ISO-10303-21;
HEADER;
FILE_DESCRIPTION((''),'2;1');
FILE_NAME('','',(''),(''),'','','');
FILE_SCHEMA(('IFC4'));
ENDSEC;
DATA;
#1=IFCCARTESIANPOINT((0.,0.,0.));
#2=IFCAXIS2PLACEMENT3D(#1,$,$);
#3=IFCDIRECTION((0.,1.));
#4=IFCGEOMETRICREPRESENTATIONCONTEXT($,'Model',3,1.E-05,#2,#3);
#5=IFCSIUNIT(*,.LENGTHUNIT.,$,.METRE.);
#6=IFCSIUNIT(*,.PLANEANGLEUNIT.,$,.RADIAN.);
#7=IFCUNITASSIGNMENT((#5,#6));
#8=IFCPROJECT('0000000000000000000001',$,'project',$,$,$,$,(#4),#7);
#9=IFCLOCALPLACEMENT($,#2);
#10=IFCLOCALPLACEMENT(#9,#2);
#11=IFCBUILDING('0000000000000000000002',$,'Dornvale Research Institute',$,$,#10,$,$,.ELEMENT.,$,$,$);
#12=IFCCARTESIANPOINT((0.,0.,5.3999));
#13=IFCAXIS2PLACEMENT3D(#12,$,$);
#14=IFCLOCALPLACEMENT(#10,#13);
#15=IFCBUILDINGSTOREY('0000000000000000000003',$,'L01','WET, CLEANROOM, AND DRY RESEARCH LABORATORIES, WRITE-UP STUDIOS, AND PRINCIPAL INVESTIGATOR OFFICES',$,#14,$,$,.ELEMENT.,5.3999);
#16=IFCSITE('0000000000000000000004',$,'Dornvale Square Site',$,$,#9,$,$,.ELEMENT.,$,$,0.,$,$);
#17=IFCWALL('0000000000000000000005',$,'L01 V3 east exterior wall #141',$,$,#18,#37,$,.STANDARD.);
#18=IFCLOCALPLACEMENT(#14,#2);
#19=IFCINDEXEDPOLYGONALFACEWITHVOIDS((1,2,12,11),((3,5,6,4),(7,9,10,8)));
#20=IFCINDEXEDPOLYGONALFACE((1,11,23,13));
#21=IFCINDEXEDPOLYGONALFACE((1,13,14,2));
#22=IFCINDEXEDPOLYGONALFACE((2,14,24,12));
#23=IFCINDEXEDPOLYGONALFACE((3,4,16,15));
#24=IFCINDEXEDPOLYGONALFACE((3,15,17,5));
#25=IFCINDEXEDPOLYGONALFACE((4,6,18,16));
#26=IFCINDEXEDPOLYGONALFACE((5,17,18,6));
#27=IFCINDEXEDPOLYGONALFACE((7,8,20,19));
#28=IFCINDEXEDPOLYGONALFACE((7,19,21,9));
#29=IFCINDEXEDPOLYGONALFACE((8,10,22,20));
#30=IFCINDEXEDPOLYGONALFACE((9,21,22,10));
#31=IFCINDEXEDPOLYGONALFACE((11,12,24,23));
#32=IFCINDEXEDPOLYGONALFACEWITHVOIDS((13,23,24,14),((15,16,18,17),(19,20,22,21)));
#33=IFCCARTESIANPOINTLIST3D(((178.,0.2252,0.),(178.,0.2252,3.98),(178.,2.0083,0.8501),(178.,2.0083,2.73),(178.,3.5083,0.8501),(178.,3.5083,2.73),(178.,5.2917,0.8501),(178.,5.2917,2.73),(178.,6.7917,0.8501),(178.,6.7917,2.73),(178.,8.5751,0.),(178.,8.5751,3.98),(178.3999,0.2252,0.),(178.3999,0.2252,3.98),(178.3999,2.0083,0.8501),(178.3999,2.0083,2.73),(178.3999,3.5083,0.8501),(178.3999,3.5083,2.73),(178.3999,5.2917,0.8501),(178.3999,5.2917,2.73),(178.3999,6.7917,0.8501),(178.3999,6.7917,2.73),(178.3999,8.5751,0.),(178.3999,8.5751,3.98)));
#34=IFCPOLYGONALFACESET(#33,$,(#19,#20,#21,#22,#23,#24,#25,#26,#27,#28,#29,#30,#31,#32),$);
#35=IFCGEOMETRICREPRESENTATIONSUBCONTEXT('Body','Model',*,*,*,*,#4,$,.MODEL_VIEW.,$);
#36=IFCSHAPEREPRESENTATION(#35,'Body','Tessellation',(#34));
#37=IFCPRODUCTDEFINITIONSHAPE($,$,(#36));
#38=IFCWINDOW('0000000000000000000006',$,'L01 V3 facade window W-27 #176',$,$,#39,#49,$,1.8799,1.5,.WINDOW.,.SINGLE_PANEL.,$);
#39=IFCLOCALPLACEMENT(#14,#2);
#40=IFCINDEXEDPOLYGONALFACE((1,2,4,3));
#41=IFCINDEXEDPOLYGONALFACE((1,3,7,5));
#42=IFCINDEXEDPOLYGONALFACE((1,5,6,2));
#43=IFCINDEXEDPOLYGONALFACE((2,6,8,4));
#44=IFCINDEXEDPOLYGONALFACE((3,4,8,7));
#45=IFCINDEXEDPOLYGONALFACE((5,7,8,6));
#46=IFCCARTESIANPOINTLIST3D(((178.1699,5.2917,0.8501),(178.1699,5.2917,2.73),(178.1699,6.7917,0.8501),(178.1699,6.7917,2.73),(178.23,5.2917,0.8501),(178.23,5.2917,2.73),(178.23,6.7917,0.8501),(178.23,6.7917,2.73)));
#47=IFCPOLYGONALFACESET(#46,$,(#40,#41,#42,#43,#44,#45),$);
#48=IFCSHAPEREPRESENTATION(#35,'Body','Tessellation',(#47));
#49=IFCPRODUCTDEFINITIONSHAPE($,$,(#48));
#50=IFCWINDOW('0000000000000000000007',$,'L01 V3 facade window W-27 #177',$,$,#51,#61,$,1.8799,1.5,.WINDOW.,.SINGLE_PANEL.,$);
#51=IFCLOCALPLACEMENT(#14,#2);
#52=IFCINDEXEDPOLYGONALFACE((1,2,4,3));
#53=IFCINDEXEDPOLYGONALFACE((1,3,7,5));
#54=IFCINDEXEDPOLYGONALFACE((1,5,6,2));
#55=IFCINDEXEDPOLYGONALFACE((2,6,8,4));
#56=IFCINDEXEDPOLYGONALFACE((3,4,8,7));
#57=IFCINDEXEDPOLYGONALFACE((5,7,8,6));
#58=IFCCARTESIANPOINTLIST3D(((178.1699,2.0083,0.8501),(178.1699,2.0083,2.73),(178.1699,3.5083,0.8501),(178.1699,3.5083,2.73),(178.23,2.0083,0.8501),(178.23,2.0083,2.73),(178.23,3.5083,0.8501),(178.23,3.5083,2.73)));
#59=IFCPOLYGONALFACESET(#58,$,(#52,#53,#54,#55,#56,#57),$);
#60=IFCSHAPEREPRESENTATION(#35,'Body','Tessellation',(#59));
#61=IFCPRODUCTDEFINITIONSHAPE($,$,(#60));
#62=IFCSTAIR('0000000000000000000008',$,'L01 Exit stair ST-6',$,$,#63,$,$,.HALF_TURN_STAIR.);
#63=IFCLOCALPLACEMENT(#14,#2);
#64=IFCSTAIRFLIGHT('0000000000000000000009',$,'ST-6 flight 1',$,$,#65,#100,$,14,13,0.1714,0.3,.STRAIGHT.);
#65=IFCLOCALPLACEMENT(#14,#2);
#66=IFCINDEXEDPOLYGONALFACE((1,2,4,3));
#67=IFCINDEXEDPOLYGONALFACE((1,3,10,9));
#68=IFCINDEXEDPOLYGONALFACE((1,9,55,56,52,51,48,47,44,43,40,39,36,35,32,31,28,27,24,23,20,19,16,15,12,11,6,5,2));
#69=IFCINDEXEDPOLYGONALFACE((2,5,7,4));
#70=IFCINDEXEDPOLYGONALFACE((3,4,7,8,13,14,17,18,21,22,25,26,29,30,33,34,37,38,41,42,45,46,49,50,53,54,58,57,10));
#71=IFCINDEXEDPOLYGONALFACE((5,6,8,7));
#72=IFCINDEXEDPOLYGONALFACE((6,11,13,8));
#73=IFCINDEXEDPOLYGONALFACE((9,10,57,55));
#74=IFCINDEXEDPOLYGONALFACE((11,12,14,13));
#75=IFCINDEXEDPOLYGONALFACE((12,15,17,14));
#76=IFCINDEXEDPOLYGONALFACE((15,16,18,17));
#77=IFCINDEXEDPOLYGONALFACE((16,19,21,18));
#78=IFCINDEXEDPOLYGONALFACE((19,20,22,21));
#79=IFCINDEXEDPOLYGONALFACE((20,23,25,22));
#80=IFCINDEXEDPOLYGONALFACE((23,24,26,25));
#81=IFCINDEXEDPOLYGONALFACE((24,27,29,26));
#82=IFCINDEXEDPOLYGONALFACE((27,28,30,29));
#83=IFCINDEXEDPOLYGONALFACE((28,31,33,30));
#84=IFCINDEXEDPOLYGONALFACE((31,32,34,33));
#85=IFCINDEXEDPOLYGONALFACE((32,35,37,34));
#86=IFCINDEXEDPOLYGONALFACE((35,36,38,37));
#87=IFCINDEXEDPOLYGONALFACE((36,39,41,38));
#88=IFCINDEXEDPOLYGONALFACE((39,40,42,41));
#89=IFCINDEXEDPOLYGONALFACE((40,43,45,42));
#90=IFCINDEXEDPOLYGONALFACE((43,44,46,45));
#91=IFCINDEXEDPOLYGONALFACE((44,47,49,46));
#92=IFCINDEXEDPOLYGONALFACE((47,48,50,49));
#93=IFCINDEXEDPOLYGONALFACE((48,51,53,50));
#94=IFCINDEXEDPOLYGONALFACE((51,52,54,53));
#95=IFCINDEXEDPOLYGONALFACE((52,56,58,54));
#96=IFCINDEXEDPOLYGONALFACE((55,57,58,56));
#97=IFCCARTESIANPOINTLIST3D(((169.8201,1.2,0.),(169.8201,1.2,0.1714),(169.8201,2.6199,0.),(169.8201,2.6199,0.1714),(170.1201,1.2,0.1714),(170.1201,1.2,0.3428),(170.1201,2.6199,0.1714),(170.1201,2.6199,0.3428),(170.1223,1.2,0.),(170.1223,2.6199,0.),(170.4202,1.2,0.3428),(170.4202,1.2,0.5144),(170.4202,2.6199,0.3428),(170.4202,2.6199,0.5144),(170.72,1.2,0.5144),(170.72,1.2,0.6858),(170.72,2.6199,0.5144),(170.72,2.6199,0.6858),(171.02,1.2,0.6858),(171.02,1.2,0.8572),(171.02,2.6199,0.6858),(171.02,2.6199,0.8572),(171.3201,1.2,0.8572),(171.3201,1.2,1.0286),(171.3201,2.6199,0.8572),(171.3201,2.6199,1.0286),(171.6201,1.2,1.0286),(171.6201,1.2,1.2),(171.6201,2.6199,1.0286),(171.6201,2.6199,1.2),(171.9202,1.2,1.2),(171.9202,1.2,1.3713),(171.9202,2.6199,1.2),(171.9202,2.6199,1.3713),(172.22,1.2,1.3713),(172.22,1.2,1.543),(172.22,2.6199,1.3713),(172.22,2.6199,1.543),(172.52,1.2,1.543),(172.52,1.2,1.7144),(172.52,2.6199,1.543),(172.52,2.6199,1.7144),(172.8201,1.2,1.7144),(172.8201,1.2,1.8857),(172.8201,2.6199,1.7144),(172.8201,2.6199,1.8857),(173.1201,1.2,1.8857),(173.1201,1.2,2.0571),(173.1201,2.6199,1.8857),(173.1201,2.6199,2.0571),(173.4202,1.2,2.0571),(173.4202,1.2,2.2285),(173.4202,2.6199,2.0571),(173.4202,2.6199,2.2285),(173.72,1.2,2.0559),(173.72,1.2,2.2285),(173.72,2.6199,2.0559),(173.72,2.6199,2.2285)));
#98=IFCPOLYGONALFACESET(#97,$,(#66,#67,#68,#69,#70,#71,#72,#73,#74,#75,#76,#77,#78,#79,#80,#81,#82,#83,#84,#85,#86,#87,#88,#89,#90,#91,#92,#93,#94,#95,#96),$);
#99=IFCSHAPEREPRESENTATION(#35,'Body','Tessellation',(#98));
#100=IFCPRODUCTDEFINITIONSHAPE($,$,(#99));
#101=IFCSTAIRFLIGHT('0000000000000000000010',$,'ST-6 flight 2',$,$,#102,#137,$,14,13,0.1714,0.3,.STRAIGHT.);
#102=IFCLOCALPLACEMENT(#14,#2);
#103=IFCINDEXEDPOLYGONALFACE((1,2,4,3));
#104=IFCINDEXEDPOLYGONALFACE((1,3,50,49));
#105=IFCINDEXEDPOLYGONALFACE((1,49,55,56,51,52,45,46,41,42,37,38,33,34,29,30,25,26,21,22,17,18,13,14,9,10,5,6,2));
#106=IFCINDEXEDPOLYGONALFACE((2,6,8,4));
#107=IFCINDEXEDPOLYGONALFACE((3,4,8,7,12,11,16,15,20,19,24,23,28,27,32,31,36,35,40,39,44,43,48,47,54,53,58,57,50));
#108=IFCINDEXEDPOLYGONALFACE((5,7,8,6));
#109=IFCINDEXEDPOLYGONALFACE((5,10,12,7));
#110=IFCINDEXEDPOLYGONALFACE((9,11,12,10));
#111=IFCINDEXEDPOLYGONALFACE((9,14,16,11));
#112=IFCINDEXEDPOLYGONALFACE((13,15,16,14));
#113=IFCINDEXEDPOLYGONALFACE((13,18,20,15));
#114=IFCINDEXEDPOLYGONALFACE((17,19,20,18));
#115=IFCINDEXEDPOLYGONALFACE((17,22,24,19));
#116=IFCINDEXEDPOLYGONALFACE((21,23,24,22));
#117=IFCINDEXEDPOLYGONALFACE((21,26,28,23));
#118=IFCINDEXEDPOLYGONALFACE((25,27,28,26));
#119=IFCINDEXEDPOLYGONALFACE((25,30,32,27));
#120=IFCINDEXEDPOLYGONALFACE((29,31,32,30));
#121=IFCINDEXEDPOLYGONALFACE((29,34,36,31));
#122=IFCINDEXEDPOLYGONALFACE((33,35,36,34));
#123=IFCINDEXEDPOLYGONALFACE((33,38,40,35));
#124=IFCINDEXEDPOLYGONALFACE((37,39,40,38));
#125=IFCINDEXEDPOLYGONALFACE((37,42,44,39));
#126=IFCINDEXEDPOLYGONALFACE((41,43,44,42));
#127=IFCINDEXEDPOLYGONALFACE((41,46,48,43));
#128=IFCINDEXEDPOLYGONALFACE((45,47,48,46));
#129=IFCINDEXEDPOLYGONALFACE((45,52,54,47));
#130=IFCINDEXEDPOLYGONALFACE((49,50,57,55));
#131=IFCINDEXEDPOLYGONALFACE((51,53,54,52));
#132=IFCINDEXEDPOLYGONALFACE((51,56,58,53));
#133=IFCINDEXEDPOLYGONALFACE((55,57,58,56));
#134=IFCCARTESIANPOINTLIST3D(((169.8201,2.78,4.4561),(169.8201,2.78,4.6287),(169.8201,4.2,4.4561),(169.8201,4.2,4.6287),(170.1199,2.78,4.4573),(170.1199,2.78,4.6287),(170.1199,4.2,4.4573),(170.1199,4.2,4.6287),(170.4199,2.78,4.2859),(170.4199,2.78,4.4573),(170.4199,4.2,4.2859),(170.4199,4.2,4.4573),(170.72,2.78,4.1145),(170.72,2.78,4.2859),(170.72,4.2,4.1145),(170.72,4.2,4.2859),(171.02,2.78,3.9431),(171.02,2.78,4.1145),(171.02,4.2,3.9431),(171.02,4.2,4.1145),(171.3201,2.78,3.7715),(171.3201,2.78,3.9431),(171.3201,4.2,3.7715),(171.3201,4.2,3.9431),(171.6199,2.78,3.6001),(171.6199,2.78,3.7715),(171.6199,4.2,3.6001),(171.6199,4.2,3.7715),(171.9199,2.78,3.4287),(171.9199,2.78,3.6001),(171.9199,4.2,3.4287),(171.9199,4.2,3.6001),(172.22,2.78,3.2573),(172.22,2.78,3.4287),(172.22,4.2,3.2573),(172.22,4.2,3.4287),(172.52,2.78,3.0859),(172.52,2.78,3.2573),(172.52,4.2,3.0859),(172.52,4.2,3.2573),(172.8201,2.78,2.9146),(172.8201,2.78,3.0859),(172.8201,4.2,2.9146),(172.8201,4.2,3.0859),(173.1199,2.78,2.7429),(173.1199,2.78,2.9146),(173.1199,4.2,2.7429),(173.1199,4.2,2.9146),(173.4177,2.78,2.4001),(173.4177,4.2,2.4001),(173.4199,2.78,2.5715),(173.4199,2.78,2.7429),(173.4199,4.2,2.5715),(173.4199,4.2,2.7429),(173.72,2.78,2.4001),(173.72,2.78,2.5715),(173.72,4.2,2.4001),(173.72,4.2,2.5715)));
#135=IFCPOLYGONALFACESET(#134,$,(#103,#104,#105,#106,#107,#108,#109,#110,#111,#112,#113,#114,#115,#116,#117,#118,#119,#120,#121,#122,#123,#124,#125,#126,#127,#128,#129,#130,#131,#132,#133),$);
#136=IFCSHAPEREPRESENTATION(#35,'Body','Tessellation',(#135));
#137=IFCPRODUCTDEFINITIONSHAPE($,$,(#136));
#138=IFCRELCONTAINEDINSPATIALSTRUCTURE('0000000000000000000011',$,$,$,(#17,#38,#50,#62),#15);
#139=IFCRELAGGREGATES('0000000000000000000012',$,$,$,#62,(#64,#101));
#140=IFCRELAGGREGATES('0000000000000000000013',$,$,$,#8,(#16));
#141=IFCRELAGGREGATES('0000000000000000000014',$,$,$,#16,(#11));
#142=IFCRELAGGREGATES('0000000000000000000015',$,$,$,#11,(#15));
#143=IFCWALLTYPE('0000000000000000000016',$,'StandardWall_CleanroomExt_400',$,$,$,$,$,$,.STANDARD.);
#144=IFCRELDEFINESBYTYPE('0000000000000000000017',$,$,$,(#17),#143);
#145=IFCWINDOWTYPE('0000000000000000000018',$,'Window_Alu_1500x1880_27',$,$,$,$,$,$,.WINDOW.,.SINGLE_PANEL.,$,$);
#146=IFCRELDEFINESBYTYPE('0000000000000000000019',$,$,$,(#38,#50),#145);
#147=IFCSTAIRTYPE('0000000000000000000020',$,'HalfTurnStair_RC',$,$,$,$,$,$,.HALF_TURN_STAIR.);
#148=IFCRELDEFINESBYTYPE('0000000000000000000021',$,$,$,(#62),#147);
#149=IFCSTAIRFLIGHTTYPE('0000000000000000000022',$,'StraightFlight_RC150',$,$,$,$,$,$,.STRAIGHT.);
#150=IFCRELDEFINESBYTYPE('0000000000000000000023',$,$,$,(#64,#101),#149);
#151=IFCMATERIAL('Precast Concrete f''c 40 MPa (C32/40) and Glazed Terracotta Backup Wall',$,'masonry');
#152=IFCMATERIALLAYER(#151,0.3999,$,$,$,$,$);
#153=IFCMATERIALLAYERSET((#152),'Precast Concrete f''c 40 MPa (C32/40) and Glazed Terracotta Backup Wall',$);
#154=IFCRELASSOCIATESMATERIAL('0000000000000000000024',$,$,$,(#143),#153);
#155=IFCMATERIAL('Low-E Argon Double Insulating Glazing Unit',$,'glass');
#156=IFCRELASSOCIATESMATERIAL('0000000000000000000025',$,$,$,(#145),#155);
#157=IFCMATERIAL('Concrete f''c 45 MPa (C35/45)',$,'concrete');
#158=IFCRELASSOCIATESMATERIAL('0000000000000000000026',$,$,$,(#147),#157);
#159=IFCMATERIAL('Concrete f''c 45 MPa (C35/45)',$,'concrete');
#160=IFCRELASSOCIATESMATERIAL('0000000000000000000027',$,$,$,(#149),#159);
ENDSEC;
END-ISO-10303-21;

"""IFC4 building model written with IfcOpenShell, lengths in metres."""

from ifc_helpers import new_model, si_unit, direction, frame, frame_2d, origin, place, context, subcontext, project, spatial, polyline, rectangle, outline, extrude, material, layer, layer_set, type_object, element, fill, aggregate, save


model = new_model("IFC4")

# Units and contexts
model_context = context("Model", 3, precision=1e-05, world=origin(), true_north=direction((0.0, 1.0)))
body_context = subcontext(model_context, "Body", "Model", "MODEL_VIEW")
ifc_project = project(units=[si_unit("LENGTHUNIT", "METRE"), si_unit("PLANEANGLEUNIT", "RADIAN")], contexts=[model_context])

# Site, building, storey
site_placement = place(None, origin())
site = spatial("IfcSite", under=ifc_project, at=site_placement, Name="Dornvale Square Site", CompositionType="ELEMENT", RefElevation=0.0)
building_placement = place(site_placement, origin())
building = spatial("IfcBuilding", under=site, at=building_placement, Name="Dornvale Research Institute", CompositionType="ELEMENT")
storey_placement = place(building_placement, frame((0.0, 0.0, 5.3999)))
storey = spatial("IfcBuildingStorey", under=building, at=storey_placement, Name="L01", Description="WET, CLEANROOM, AND DRY RESEARCH LABORATORIES, WRITE-UP STUDIOS, AND PRINCIPAL INVESTIGATOR OFFICES", CompositionType="ELEMENT", Elevation=5.3999)

# Wall, openings, windows
ifc_material_1 = material(Name="Precast Concrete f'c 40 MPa (C32/40) and Glazed Terracotta Backup Wall", Category="masonry")
ifc_layer_1 = layer(ifc_material_1, 0.3999)
ifc_layer_set_1 = layer_set([ifc_layer_1], Name="Precast Concrete f'c 40 MPa (C32/40) and Glazed Terracotta Backup Wall")
wall_type_1 = type_object("IfcWallType", Name="StandardWall_CleanroomExt_400", PredefinedType="STANDARD", material=ifc_layer_set_1)
wall_1_placement = place(storey_placement, frame((178.2, 8.575, 0.0), z_axis=(0.0, 0.0, 1.0), x_axis=(0.0, -1.0, 0.0)))
wall_1 = element("IfcWall", 1, at=wall_1_placement, inside=storey, type_object=wall_type_1, Name="L01 V3 east exterior wall #141", PredefinedType="STANDARD", context=body_context, shape_type="SweptSolid", body=[
    extrude(rectangle(XDim=8.3499, YDim=0.3999, at=frame_2d((4.1748, 0.0))), origin(), (0.0, 0.0, 1.0), 3.98),
])
opening_1_placement = place(wall_1_placement, frame((1.7832, 0.0, 0.8501)))
opening_1 = element("IfcOpeningElement", 2, at=opening_1_placement, cuts=wall_1, PredefinedType="OPENING", context=body_context, shape_type="SweptSolid", body=[
    extrude(rectangle(XDim=1.5, YDim=1.8799, at=frame_2d((0.75, 0.9399))), frame((0.0, 0.2148, 0.0), z_axis=(0.0, -1.0, 0.0), x_axis=(1.0, 0.0, 0.0)), (0.0, 0.0, 1.0), 0.4299),
])
opening_2_placement = place(wall_1_placement, frame((5.0667, 0.0, 0.8501)))
opening_2 = element("IfcOpeningElement", 3, at=opening_2_placement, cuts=wall_1, PredefinedType="OPENING", context=body_context, shape_type="SweptSolid", body=[
    extrude(rectangle(XDim=1.5, YDim=1.8799, at=frame_2d((0.75, 0.9399))), frame((0.0, 0.2148, 0.0), z_axis=(0.0, -1.0, 0.0), x_axis=(1.0, 0.0, 0.0)), (0.0, 0.0, 1.0), 0.4299),
])
ifc_material_2 = material(Name="Low-E Argon Double Insulating Glazing Unit", Category="glass")
window_type = type_object("IfcWindowType", Name="Window_Alu_1500x1880_27", PartitioningType="SINGLE_PANEL", PredefinedType="WINDOW", material=ifc_material_2)
window_1_placement = place(opening_1_placement, origin())
window_1 = element("IfcWindow", 4, at=window_1_placement, inside=storey, type_object=window_type, Name="L01 V3 facade window W-27 #176", OverallHeight=1.8799, OverallWidth=1.5, PartitioningType="SINGLE_PANEL", PredefinedType="WINDOW", context=body_context, shape_type="SweptSolid", body=[
    extrude(rectangle(XDim=1.5, YDim=1.8799, at=frame_2d((0.75, 0.9399))), frame((0.0, 0.03, 0.0), z_axis=(0.0, -1.0, 0.0), x_axis=(1.0, 0.0, 0.0)), (0.0, 0.0, 1.0), 0.0601),
])
fill(opening_1, window_1)
window_2_placement = place(opening_2_placement, origin())
window_2 = element("IfcWindow", 5, at=window_2_placement, inside=storey, type_object=window_type, Name="L01 V3 facade window W-27 #177", OverallHeight=1.8799, OverallWidth=1.5, PartitioningType="SINGLE_PANEL", PredefinedType="WINDOW", context=body_context, shape_type="SweptSolid", body=[
    extrude(rectangle(XDim=1.5, YDim=1.8799, at=frame_2d((0.75, 0.9399))), frame((0.0, 0.03, 0.0), z_axis=(0.0, -1.0, 0.0), x_axis=(1.0, 0.0, 0.0)), (0.0, 0.0, 1.0), 0.0601),
])
fill(opening_2, window_2)

# Stair, stair flights
ifc_material_3 = material(Name="Concrete f'c 45 MPa (C35/45)", Category="concrete")
stair_type = type_object("IfcStairType", Name="HalfTurnStair_RC", PredefinedType="HALF_TURN_STAIR", material=ifc_material_3)
stair_placement = place(storey_placement, origin())
stair = element("IfcStair", 6, at=stair_placement, inside=storey, type_object=stair_type, Name="L01 Exit stair ST-6", PredefinedType="HALF_TURN_STAIR")
ifc_material_4 = material(Name="Concrete f'c 45 MPa (C35/45)", Category="concrete")
stair_flight_type = type_object("IfcStairFlightType", Name="StraightFlight_RC150", PredefinedType="STRAIGHT", material=ifc_material_4)
stair_flight_1_placement = place(storey_placement, frame((169.8201, 1.9099, 0.0), z_axis=(0.0, 0.0, 1.0), x_axis=(1.0, 0.0, 0.0)))
stair_flight_1 = element("IfcStairFlight", 7, at=stair_flight_1_placement, type_object=stair_flight_type, Name="ST-6 flight 1", NumberOfRisers=14, NumberOfTreads=13, PredefinedType="STRAIGHT", RiserHeight=0.1714, TreadLength=0.3, context=body_context, shape_type="SweptSolid", body=[
    extrude(outline(polyline([(0.0, 0.0), (0.0, 0.1714), (0.3, 0.1714), (0.3, 0.3428), (0.6001, 0.3428), (0.6001, 0.5144), (0.8999, 0.5144), (0.8999, 0.6858), (1.2, 0.6858), (1.2, 0.8572), (1.5, 0.8572), (1.5, 1.0286), (1.8, 1.0286), (1.8, 1.2), (2.1001, 1.2), (2.1001, 1.3713), (2.3999, 1.3713), (2.3999, 1.543), (2.7, 1.543), (2.7, 1.7144), (3.0, 1.7144), (3.0, 1.8857), (3.3, 1.8857), (3.3, 2.0571), (3.6001, 2.0571), (3.6001, 2.2285), (3.8999, 2.2285), (3.8999, 2.3999), (3.8999, 2.0559), (0.3022, 0.0), (0.0, 0.0)])), frame((0.0, 0.71, 0.0), z_axis=(0.0, -1.0, 0.0), x_axis=(1.0, 0.0, 0.0)), (0.0, 0.0, 1.0), 1.4199),
])
stair_flight_2_placement = place(storey_placement, frame((173.72, 3.49, 2.4001), z_axis=(0.0, 0.0, 1.0), x_axis=(-1.0, 0.0, 0.0)))
stair_flight_2 = element("IfcStairFlight", 8, at=stair_flight_2_placement, type_object=stair_flight_type, Name="ST-6 flight 2", NumberOfRisers=14, NumberOfTreads=13, PredefinedType="STRAIGHT", RiserHeight=0.1714, TreadLength=0.3, context=body_context, shape_type="SweptSolid", body=[
    extrude(outline(polyline([(0.0, 0.0), (0.0, 0.1714), (0.3, 0.1714), (0.3, 0.3428), (0.6001, 0.3428), (0.6001, 0.5144), (0.8999, 0.5144), (0.8999, 0.6858), (1.2, 0.6858), (1.2, 0.8572), (1.5, 0.8572), (1.5, 1.0286), (1.8, 1.0286), (1.8, 1.2), (2.1001, 1.2), (2.1001, 1.3713), (2.3999, 1.3713), (2.3999, 1.543), (2.7, 1.543), (2.7, 1.7144), (3.0, 1.7144), (3.0, 1.8857), (3.3, 1.8857), (3.3, 2.0571), (3.6001, 2.0571), (3.6001, 2.2285), (3.8999, 2.2285), (3.8999, 2.3999), (3.8999, 2.0559), (0.3022, 0.0), (0.0, 0.0)])), frame((0.0, 0.71, 0.0), z_axis=(0.0, -1.0, 0.0), x_axis=(1.0, 0.0, 0.0)), (0.0, 0.0, 1.0), 1.4199),
])
aggregate(stair, [stair_flight_1, stair_flight_2])

save(model, "model.ifc")
